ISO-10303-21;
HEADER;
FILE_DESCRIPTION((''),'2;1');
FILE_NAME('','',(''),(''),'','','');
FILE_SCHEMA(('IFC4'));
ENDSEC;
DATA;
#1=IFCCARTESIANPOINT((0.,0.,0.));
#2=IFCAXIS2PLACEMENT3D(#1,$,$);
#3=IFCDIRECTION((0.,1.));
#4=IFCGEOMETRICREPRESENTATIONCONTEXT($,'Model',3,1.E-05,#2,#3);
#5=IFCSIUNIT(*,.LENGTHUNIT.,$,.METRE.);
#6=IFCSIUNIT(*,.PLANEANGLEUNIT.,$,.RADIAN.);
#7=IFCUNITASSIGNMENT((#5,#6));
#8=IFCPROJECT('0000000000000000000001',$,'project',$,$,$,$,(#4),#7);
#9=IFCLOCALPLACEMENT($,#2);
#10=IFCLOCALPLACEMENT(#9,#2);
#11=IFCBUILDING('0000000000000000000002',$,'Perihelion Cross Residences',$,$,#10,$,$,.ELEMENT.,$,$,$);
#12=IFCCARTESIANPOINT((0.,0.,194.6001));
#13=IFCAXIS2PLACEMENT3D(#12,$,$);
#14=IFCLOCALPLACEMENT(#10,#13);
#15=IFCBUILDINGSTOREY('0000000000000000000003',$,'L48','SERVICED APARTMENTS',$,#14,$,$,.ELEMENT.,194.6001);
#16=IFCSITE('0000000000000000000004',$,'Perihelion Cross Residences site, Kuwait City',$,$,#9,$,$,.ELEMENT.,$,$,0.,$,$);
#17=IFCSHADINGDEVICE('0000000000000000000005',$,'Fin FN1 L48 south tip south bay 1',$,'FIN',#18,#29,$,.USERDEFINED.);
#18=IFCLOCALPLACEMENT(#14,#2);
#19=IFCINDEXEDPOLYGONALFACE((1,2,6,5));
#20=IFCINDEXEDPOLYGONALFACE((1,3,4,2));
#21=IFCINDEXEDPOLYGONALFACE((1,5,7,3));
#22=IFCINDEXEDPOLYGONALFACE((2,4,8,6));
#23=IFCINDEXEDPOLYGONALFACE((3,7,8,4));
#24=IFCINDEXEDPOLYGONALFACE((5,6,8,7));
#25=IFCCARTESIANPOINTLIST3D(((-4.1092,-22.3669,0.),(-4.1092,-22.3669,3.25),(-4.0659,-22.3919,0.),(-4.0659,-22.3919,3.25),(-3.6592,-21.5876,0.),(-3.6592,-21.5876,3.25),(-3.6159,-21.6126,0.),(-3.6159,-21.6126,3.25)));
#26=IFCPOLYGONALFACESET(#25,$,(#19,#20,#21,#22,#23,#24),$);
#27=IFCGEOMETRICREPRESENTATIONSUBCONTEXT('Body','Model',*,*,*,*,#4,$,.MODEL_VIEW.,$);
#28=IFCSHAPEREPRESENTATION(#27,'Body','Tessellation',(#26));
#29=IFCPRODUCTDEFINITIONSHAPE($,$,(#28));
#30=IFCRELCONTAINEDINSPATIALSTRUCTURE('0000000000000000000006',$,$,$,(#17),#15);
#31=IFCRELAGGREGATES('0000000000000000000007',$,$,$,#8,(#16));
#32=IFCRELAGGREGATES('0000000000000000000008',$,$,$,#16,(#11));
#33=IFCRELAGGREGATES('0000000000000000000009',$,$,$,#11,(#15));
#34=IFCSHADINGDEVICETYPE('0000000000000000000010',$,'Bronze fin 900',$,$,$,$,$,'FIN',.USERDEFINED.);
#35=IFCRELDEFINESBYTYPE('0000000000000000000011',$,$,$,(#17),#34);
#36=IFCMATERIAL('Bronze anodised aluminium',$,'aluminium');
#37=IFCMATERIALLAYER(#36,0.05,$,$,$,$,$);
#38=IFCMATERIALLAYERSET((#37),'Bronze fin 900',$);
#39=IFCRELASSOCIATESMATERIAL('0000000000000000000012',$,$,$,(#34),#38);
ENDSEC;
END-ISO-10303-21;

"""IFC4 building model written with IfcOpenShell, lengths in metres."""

from ifc_helpers import new_model, si_unit, direction, frame, origin, origin_2d, place, context, subcontext, project, spatial, rectangle, extrude, material, layer, layer_set, type_object, element, save


model = new_model("IFC4")

# Units and contexts
model_context = context("Model", 3, precision=1e-05, world=origin(), true_north=direction((0.0, 1.0)))
body_context = subcontext(model_context, "Body", "Model", "MODEL_VIEW")
ifc_project = project(units=[si_unit("LENGTHUNIT", "METRE"), si_unit("PLANEANGLEUNIT", "RADIAN")], contexts=[model_context])

# Site, building, storey
site_placement = place(None, origin())
site = spatial("IfcSite", under=ifc_project, at=site_placement, Name="Perihelion Cross Residences site, Kuwait City", CompositionType="ELEMENT", RefElevation=0.0)
building_placement = place(site_placement, origin())
building = spatial("IfcBuilding", under=site, at=building_placement, Name="Perihelion Cross Residences", CompositionType="ELEMENT")
storey_placement = place(building_placement, frame((0.0, 0.0, 194.6001)))
storey = spatial("IfcBuildingStorey", under=building, at=storey_placement, Name="L48", Description="SERVICED APARTMENTS", CompositionType="ELEMENT", Elevation=194.6001)

# Shading device
ifc_material_1 = material(Name="Bronze anodised aluminium", Category="aluminium")
ifc_layer_1 = layer(ifc_material_1, 0.05)
ifc_layer_set_1 = layer_set([ifc_layer_1], Name="Bronze fin 900")
shading_device_type = type_object("IfcShadingDeviceType", Name="Bronze fin 900", ElementType="FIN", PredefinedType="USERDEFINED", material=ifc_layer_set_1)
shading_device_placement = place(storey_placement, frame((-3.8625, -21.9897, 0.0), z_axis=(0.0, 0.0, 1.0), x_axis=(-0.5, -0.866025, 0.0)))
element("IfcShadingDevice", 1, at=shading_device_placement, inside=storey, type_object=shading_device_type, Name="Fin FN1 L48 south tip south bay 1", ObjectType="FIN", PredefinedType="USERDEFINED", context=body_context, shape_type="SweptSolid", body=[
    extrude(rectangle(XDim=0.8999, YDim=0.05, at=origin_2d()), origin(), (0.0, 0.0, 1.0), 3.25),
])

save(model, "model.ifc")
